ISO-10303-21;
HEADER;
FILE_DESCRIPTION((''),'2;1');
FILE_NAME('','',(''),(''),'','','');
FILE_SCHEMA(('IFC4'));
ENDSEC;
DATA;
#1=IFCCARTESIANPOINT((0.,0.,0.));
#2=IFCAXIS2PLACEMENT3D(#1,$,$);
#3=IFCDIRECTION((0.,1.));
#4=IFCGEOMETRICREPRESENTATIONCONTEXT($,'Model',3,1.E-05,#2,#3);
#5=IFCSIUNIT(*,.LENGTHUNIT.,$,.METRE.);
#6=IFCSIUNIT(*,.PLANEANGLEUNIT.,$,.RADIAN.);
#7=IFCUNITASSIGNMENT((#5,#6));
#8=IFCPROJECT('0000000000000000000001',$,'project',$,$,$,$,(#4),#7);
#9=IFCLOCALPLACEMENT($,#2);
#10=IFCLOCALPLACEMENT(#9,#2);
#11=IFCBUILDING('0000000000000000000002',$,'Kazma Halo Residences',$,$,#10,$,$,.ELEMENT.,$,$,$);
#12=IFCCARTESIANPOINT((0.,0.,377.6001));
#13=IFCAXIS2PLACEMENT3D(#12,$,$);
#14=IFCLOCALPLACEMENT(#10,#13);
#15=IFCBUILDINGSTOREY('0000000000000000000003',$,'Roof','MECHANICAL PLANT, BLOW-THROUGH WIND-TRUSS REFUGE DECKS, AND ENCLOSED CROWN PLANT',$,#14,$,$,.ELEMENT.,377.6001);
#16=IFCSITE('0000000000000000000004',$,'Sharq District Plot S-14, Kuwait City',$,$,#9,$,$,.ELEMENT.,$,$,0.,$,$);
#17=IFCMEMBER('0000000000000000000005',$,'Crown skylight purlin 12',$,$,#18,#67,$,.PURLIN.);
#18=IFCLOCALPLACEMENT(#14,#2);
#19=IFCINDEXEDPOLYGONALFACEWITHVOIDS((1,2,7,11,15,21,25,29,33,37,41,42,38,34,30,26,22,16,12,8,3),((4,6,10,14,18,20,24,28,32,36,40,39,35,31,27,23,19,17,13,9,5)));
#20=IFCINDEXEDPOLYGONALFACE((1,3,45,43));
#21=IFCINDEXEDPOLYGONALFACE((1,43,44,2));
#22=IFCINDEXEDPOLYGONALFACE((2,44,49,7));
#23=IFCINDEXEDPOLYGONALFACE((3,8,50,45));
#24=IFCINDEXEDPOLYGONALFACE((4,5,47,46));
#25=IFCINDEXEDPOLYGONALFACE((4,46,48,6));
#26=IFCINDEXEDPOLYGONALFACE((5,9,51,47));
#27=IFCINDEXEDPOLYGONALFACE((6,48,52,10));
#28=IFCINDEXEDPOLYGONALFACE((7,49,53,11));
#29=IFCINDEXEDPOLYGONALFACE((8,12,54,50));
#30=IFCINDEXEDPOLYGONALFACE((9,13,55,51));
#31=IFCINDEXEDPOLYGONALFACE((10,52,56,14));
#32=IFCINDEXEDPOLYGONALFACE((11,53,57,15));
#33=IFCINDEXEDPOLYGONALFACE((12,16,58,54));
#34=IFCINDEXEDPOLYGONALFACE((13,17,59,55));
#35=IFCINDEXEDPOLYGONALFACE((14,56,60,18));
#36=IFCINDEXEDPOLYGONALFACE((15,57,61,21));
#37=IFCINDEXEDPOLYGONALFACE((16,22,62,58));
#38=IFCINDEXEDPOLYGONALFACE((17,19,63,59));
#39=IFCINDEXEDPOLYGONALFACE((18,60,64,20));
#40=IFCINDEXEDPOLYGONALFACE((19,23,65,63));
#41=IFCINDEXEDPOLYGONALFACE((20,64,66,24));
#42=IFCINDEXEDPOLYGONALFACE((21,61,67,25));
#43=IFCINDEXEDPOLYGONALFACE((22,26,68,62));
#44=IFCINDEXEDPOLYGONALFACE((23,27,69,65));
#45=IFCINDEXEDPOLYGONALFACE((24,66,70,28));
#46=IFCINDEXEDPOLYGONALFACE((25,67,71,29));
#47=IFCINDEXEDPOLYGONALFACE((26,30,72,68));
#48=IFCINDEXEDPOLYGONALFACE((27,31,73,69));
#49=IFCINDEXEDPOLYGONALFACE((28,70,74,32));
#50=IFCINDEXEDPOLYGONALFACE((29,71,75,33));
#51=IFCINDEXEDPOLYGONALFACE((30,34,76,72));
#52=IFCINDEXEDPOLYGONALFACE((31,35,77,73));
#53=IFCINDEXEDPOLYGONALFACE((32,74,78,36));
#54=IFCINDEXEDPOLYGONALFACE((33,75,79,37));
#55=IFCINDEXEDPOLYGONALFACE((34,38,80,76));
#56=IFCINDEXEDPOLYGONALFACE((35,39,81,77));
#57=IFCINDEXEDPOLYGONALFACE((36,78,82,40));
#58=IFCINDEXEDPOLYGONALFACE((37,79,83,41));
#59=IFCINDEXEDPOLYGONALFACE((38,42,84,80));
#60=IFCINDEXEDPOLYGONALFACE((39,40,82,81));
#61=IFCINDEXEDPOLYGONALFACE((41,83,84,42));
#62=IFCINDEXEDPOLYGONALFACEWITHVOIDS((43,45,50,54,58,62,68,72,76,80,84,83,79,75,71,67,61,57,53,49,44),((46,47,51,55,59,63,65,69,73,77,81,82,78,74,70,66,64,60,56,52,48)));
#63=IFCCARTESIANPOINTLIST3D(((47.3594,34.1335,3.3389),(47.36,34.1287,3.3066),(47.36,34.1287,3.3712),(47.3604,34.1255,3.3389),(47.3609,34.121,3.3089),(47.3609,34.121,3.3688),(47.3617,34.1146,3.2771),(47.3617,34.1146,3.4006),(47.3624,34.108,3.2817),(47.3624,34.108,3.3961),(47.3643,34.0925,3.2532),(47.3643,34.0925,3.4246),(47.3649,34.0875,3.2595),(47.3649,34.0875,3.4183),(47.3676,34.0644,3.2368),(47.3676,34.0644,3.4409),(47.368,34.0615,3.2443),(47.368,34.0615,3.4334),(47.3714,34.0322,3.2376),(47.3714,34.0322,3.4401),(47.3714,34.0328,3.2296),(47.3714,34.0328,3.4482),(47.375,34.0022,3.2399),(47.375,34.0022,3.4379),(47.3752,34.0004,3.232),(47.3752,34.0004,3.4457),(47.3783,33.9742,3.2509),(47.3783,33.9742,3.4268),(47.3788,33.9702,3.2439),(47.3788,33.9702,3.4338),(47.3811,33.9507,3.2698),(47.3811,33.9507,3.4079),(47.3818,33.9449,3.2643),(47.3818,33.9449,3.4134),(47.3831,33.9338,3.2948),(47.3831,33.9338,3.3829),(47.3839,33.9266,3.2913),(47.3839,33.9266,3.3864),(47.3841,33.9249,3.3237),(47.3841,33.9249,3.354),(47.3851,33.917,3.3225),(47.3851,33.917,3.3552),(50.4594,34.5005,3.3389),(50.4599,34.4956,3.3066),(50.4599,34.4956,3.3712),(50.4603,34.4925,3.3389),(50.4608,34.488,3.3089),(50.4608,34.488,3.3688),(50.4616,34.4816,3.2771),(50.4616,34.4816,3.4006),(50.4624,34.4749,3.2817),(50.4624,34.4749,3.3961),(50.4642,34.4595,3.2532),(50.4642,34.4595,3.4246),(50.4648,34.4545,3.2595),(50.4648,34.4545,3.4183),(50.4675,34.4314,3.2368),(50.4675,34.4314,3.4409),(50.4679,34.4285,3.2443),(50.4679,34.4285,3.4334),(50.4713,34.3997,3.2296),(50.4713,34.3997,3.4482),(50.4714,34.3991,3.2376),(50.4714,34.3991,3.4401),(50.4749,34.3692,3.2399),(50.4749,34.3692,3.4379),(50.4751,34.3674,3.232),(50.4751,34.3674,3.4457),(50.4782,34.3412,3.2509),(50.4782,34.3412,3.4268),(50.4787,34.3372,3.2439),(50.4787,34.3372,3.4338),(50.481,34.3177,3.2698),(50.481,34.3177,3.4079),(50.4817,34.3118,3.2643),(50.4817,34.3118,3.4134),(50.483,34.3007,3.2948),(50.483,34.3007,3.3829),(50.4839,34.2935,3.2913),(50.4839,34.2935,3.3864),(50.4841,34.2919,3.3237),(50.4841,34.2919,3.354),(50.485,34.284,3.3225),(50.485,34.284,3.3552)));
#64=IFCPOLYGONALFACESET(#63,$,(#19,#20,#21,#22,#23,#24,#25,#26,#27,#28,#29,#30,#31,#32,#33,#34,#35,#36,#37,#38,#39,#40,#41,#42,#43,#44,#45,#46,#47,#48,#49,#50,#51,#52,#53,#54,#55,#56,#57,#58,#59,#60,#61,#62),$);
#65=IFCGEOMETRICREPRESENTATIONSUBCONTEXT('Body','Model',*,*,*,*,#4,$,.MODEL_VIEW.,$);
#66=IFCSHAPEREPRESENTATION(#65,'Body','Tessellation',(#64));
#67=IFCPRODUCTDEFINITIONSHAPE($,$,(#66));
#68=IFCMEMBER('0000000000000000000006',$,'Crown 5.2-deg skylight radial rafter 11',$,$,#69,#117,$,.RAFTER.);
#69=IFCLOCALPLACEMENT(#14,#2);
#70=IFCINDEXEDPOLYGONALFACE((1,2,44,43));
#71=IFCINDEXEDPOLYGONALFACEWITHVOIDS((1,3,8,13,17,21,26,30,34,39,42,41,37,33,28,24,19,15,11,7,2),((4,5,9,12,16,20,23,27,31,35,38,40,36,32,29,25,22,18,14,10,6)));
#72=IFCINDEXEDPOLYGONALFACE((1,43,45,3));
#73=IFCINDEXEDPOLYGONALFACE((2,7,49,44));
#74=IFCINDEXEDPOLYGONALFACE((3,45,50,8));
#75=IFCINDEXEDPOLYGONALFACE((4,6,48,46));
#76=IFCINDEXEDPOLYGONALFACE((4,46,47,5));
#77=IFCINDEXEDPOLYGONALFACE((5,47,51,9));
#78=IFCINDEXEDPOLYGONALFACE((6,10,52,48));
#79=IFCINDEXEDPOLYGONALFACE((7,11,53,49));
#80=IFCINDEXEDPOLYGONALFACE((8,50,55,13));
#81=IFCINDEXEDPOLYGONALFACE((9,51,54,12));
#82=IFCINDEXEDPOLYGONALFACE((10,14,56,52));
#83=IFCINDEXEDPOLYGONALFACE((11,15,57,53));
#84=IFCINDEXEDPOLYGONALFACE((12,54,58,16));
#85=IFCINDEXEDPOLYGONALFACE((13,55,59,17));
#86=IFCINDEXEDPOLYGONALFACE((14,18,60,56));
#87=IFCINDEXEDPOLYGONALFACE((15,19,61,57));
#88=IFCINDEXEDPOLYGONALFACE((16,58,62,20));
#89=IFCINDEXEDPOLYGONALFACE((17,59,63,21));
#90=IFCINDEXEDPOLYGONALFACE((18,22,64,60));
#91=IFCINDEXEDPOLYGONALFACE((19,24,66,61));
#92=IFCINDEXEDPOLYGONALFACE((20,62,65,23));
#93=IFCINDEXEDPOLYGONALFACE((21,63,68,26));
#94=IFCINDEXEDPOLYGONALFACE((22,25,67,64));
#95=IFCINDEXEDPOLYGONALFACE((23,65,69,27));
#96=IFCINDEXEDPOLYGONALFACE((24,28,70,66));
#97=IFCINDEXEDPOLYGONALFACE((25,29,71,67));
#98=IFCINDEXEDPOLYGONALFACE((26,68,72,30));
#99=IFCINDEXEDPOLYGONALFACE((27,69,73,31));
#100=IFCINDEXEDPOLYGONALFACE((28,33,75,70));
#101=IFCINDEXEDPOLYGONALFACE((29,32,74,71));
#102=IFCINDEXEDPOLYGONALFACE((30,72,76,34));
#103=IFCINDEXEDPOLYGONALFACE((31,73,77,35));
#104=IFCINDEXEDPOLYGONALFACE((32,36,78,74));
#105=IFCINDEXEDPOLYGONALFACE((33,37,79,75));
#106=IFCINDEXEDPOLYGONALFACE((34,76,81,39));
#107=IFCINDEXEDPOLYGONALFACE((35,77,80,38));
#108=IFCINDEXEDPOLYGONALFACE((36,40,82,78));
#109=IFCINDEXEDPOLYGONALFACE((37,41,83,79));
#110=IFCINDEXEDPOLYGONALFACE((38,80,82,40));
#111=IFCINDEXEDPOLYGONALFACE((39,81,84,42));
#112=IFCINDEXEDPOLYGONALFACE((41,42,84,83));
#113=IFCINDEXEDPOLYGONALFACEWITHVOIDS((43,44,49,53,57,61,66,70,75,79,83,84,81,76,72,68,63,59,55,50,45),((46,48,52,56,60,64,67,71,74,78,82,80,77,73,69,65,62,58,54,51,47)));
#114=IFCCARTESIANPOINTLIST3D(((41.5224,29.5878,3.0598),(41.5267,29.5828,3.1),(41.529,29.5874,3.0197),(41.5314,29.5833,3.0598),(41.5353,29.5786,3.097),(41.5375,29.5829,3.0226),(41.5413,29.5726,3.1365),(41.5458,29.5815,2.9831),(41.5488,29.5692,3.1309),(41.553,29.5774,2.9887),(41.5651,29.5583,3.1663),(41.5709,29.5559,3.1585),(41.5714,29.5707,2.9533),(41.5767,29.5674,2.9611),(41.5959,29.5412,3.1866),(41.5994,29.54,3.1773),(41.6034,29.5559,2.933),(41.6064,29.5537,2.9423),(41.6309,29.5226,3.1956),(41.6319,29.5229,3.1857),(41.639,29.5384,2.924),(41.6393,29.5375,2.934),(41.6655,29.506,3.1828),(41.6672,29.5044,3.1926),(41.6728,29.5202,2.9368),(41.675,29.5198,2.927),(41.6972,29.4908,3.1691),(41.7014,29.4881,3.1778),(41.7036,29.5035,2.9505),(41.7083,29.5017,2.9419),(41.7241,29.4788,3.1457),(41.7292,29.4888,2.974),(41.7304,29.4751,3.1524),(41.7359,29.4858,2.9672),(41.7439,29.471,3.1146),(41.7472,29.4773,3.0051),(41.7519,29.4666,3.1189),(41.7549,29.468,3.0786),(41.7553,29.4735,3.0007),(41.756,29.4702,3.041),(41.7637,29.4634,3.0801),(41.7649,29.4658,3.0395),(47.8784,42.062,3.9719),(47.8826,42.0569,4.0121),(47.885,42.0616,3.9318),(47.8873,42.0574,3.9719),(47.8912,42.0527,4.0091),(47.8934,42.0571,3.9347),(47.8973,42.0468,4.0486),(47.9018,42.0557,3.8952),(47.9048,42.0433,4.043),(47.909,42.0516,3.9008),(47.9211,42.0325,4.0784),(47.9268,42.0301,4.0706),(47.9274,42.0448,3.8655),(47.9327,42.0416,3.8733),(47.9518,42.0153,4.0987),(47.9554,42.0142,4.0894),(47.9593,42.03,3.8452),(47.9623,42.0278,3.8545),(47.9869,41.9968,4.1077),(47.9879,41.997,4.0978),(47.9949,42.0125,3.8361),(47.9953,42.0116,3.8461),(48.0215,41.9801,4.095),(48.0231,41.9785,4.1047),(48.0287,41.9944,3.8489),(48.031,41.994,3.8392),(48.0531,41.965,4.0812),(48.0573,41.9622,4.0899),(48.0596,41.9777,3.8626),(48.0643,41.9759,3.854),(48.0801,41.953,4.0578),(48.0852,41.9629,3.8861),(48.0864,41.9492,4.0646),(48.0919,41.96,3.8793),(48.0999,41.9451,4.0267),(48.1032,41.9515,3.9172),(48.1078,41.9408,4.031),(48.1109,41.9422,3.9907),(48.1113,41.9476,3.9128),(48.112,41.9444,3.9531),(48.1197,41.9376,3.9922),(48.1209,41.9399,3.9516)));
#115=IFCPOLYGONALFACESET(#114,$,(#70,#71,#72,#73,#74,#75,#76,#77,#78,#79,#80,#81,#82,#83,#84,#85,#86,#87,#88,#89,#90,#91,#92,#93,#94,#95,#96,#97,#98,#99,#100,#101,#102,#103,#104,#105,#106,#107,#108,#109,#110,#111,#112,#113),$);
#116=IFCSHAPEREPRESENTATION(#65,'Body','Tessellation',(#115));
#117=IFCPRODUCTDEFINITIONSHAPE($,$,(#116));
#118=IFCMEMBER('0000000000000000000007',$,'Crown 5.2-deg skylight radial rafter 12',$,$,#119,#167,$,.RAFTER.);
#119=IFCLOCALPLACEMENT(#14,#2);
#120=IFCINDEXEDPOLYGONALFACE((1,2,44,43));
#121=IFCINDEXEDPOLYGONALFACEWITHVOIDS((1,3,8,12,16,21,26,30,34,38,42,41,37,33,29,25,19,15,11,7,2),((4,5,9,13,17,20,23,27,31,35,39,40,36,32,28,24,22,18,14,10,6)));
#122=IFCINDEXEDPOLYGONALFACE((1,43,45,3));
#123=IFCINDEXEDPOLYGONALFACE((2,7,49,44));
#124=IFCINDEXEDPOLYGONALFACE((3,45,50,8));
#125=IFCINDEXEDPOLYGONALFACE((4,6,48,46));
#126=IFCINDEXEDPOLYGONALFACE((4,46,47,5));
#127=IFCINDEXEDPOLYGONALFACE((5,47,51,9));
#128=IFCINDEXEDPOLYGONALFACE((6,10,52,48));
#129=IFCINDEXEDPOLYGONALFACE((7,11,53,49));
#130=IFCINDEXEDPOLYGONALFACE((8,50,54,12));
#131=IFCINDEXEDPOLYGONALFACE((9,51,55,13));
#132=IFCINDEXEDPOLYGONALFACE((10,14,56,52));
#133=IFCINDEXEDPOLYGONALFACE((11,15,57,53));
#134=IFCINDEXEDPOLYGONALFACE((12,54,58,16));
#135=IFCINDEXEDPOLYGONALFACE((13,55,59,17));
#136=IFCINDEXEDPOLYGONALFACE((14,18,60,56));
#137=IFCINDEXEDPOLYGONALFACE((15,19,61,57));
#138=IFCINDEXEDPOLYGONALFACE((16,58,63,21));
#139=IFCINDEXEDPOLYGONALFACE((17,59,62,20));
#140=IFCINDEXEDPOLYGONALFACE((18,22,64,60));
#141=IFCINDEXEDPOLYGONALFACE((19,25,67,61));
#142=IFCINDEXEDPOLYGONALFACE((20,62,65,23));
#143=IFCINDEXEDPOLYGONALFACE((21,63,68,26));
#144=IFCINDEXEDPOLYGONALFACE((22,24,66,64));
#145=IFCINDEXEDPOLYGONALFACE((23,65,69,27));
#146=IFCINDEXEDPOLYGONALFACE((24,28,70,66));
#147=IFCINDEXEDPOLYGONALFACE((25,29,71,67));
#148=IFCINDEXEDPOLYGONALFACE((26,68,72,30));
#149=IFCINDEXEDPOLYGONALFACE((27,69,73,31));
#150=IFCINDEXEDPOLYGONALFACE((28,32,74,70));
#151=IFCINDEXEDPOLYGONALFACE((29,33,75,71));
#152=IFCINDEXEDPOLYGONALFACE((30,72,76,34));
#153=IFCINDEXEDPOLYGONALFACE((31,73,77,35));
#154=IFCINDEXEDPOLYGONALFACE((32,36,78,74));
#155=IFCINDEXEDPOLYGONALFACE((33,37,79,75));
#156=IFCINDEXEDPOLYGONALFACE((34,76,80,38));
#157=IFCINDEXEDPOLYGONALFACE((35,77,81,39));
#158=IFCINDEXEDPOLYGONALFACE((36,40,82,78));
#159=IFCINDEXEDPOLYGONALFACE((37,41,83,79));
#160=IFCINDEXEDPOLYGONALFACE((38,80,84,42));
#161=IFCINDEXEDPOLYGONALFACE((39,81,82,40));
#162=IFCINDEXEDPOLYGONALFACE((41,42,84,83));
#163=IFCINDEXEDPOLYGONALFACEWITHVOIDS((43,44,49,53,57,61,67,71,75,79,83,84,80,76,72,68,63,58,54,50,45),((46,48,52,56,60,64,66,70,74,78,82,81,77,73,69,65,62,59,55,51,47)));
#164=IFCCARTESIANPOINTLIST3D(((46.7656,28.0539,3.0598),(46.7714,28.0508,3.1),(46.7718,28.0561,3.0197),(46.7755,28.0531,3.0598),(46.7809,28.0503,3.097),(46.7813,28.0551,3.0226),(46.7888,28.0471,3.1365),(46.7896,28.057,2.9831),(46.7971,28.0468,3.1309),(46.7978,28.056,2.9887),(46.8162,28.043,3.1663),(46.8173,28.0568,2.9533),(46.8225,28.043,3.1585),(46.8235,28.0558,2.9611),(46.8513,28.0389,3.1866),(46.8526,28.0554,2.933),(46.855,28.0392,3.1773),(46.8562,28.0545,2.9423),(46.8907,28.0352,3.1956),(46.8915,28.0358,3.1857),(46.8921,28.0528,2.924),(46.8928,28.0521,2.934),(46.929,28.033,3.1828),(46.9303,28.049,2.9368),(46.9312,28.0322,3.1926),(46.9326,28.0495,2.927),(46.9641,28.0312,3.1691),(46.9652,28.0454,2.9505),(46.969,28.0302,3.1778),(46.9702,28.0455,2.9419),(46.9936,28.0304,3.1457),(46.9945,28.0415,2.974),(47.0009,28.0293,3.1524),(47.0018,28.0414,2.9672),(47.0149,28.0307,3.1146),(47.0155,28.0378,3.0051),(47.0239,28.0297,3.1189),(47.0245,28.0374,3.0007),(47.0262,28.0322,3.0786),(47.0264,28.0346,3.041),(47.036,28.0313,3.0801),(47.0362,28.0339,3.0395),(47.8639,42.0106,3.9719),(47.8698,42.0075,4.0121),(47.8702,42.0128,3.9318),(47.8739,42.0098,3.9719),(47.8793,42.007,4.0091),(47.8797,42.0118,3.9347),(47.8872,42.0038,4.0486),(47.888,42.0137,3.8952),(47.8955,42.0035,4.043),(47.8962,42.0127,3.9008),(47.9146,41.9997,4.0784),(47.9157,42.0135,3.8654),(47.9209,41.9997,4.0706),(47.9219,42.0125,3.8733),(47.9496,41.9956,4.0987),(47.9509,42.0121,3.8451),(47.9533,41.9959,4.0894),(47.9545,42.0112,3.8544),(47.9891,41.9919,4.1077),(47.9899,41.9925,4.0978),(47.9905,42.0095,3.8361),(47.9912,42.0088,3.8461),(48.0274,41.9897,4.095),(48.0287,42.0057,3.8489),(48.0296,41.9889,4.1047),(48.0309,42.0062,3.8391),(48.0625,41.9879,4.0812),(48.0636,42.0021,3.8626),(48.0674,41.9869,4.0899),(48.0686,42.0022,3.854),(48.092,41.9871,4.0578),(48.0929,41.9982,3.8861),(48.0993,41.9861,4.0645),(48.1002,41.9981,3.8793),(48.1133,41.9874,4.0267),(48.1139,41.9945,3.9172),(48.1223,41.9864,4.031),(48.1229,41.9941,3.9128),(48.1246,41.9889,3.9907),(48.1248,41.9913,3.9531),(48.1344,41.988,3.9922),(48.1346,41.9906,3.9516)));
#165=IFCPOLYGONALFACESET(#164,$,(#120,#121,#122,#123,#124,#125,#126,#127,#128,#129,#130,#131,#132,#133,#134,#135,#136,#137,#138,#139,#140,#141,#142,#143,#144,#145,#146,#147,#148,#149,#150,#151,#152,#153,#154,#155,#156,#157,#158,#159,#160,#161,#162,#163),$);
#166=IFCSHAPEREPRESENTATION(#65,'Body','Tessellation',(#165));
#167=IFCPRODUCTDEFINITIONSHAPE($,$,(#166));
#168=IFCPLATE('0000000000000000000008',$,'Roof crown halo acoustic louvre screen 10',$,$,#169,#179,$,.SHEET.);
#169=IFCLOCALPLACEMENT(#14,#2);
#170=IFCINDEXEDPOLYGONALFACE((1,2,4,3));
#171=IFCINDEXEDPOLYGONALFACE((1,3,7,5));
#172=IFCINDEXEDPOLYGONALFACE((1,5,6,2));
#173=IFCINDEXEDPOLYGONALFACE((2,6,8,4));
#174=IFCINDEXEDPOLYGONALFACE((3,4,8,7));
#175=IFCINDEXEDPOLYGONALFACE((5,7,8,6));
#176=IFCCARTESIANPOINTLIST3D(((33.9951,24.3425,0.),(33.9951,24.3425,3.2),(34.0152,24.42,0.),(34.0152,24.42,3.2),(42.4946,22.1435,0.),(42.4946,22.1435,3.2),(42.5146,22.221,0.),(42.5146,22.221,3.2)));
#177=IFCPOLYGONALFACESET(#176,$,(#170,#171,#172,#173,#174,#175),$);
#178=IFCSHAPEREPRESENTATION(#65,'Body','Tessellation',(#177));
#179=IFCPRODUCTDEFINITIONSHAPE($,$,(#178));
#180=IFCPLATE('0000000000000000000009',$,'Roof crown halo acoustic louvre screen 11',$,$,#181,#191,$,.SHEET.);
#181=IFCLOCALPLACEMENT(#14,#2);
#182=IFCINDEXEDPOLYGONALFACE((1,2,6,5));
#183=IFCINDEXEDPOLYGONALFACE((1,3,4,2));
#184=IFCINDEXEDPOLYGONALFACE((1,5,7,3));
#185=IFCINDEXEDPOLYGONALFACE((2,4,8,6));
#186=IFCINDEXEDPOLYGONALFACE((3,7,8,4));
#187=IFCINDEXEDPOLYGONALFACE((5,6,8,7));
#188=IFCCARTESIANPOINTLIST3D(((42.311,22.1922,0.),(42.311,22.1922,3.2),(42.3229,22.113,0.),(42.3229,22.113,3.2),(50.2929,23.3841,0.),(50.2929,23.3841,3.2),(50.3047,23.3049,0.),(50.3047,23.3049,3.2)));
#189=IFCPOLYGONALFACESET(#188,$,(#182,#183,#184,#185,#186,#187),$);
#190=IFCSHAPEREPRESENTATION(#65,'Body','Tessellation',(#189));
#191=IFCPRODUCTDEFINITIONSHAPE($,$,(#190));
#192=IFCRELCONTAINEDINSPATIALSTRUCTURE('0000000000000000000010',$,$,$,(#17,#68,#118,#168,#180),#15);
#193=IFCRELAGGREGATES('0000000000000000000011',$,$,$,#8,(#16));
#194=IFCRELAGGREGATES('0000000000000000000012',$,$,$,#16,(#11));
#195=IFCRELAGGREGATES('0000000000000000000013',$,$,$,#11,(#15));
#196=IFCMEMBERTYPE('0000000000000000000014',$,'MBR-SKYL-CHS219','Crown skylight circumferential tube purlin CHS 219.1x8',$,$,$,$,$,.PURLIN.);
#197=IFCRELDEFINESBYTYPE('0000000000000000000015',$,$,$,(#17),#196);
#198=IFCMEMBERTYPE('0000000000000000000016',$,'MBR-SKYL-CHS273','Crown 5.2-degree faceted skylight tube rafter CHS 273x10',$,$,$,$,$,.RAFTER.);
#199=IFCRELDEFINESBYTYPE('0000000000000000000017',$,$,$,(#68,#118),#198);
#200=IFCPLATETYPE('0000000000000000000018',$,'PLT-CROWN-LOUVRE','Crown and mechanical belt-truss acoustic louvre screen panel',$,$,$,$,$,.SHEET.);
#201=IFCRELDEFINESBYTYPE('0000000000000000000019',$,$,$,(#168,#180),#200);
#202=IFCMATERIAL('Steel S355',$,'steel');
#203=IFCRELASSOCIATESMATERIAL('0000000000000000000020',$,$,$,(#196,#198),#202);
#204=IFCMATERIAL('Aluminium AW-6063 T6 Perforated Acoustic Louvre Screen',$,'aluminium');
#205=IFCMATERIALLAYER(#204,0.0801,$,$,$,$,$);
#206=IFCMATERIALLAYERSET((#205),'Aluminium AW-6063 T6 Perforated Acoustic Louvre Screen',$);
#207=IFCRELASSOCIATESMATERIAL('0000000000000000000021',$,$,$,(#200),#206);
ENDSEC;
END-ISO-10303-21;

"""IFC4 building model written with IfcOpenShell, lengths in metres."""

from ifc_helpers import new_model, si_unit, direction, frame, origin, origin_2d, place, context, subcontext, project, spatial, rectangle, hollow_circle, extrude, material, layer, layer_set, material_profile, profile_set, type_object, element, save


model = new_model("IFC4")

# Units and contexts
model_context = context("Model", 3, precision=1e-05, world=origin(), true_north=direction((0.0, 1.0)))
body_context = subcontext(model_context, "Body", "Model", "MODEL_VIEW")
ifc_project = project(units=[si_unit("LENGTHUNIT", "METRE"), si_unit("PLANEANGLEUNIT", "RADIAN")], contexts=[model_context])

# Site, building, storey
site_placement = place(None, origin())
site = spatial("IfcSite", under=ifc_project, at=site_placement, Name="Sharq District Plot S-14, Kuwait City", CompositionType="ELEMENT", RefElevation=0.0)
building_placement = place(site_placement, origin())
building = spatial("IfcBuilding", under=site, at=building_placement, Name="Kazma Halo Residences", CompositionType="ELEMENT")
storey_placement = place(building_placement, frame((0.0, 0.0, 377.6001)))
storey = spatial("IfcBuildingStorey", under=building, at=storey_placement, Name="Roof", Description="MECHANICAL PLANT, BLOW-THROUGH WIND-TRUSS REFUGE DECKS, AND ENCLOSED CROWN PLANT", CompositionType="ELEMENT", Elevation=377.6001)

# Shared definitions
ifc_material_1 = material(Name="Steel S355", Category="steel")

# Members
ifc_material_profile_1 = material_profile(ifc_material_1, hollow_circle(Radius=0.1096, WallThickness=0.0081, at=origin_2d()), Name="CHS219.1x8")
ifc_profile_set_1 = profile_set([ifc_material_profile_1], Name="Steel S355")
member_type_1 = type_object("IfcMemberType", Name="MBR-SKYL-CHS219", Description="Crown skylight circumferential tube purlin CHS 219.1x8", PredefinedType="PURLIN", material=ifc_profile_set_1)
member_1_placement = place(storey_placement, frame((47.3723, 34.0247, 3.3389), z_axis=(0.993067, 0.117554, 0.0), x_axis=(-0.117554, 0.993067, 0.0)))
element("IfcMember", 1, at=member_1_placement, inside=storey, type_object=member_type_1, Name="Crown skylight purlin 12", PredefinedType="PURLIN", context=body_context, shape_type="SweptSolid", body=[
    extrude(hollow_circle(Radius=0.1096, WallThickness=0.0081, at=origin_2d()), origin(), (0.0, 0.0, 1.0), 3.1216),
])
ifc_material_profile_2 = material_profile(ifc_material_1, hollow_circle(Radius=0.1365, WallThickness=0.01, at=origin_2d()), Name="CHS273x10")
ifc_profile_set_2 = profile_set([ifc_material_profile_2], Name="Steel S355")
member_type_2 = type_object("IfcMemberType", Name="MBR-SKYL-CHS273", Description="Crown 5.2-degree faceted skylight tube rafter CHS 273x10", PredefinedType="RAFTER", material=ifc_profile_set_2)
member_2_placement = place(storey_placement, frame((41.644, 29.5259, 3.0598), z_axis=(0.453034, 0.889119, 0.065013), x_axis=(-0.891004, 0.453995, 0.0)))
element("IfcMember", 2, at=member_2_placement, inside=storey, type_object=member_type_2, Name="Crown 5.2-deg skylight radial rafter 11", PredefinedType="RAFTER", context=body_context, shape_type="SweptSolid", body=[
    extrude(hollow_circle(Radius=0.1365, WallThickness=0.01, at=origin_2d()), origin(), (0.0, 0.0, 1.0), 14.0298),
])
member_3_placement = place(storey_placement, frame((46.9016, 28.0432, 3.0598), z_axis=(0.078291, 0.994808, 0.065013), x_axis=(-0.996918, 0.078457, 0.0)))
element("IfcMember", 3, at=member_3_placement, inside=storey, type_object=member_type_2, Name="Crown 5.2-deg skylight radial rafter 12", PredefinedType="RAFTER", context=body_context, shape_type="SweptSolid", body=[
    extrude(hollow_circle(Radius=0.1365, WallThickness=0.01, at=origin_2d()), origin(), (0.0, 0.0, 1.0), 14.0295),
])

# Plates
ifc_material_2 = material(Name="Aluminium AW-6063 T6 Perforated Acoustic Louvre Screen", Category="aluminium")
ifc_layer_1 = layer(ifc_material_2, 0.0801)
ifc_layer_set_1 = layer_set([ifc_layer_1], Name="Aluminium AW-6063 T6 Perforated Acoustic Louvre Screen")
plate_type_1 = type_object("IfcPlateType", Name="PLT-CROWN-LOUVRE", Description="Crown and mechanical belt-truss acoustic louvre screen panel", PredefinedType="SHEET", material=ifc_layer_set_1)
plate_1_placement = place(storey_placement, frame((38.2549, 23.2817, 0.0), z_axis=(0.0, 0.0, 1.0), x_axis=(0.968124, -0.25047, 0.0)))
element("IfcPlate", 4, at=plate_1_placement, inside=storey, type_object=plate_type_1, Name="Roof crown halo acoustic louvre screen 10", PredefinedType="SHEET", context=body_context, shape_type="SweptSolid", body=[
    extrude(rectangle(XDim=8.7793, YDim=0.0801, at=origin_2d()), origin(), (0.0, 0.0, 1.0), 3.2),
])
plate_2_placement = place(storey_placement, frame((46.3079, 22.7485, 0.0), z_axis=(0.0, 0.0, 1.0), x_axis=(0.989034, 0.147687, 0.0)))
element("IfcPlate", 5, at=plate_2_placement, inside=storey, type_object=plate_type_1, Name="Roof crown halo acoustic louvre screen 11", PredefinedType="SHEET", context=body_context, shape_type="SweptSolid", body=[
    extrude(rectangle(XDim=8.0703, YDim=0.0801, at=origin_2d()), origin(), (0.0, 0.0, 1.0), 3.2),
])

save(model, "model.ifc")
